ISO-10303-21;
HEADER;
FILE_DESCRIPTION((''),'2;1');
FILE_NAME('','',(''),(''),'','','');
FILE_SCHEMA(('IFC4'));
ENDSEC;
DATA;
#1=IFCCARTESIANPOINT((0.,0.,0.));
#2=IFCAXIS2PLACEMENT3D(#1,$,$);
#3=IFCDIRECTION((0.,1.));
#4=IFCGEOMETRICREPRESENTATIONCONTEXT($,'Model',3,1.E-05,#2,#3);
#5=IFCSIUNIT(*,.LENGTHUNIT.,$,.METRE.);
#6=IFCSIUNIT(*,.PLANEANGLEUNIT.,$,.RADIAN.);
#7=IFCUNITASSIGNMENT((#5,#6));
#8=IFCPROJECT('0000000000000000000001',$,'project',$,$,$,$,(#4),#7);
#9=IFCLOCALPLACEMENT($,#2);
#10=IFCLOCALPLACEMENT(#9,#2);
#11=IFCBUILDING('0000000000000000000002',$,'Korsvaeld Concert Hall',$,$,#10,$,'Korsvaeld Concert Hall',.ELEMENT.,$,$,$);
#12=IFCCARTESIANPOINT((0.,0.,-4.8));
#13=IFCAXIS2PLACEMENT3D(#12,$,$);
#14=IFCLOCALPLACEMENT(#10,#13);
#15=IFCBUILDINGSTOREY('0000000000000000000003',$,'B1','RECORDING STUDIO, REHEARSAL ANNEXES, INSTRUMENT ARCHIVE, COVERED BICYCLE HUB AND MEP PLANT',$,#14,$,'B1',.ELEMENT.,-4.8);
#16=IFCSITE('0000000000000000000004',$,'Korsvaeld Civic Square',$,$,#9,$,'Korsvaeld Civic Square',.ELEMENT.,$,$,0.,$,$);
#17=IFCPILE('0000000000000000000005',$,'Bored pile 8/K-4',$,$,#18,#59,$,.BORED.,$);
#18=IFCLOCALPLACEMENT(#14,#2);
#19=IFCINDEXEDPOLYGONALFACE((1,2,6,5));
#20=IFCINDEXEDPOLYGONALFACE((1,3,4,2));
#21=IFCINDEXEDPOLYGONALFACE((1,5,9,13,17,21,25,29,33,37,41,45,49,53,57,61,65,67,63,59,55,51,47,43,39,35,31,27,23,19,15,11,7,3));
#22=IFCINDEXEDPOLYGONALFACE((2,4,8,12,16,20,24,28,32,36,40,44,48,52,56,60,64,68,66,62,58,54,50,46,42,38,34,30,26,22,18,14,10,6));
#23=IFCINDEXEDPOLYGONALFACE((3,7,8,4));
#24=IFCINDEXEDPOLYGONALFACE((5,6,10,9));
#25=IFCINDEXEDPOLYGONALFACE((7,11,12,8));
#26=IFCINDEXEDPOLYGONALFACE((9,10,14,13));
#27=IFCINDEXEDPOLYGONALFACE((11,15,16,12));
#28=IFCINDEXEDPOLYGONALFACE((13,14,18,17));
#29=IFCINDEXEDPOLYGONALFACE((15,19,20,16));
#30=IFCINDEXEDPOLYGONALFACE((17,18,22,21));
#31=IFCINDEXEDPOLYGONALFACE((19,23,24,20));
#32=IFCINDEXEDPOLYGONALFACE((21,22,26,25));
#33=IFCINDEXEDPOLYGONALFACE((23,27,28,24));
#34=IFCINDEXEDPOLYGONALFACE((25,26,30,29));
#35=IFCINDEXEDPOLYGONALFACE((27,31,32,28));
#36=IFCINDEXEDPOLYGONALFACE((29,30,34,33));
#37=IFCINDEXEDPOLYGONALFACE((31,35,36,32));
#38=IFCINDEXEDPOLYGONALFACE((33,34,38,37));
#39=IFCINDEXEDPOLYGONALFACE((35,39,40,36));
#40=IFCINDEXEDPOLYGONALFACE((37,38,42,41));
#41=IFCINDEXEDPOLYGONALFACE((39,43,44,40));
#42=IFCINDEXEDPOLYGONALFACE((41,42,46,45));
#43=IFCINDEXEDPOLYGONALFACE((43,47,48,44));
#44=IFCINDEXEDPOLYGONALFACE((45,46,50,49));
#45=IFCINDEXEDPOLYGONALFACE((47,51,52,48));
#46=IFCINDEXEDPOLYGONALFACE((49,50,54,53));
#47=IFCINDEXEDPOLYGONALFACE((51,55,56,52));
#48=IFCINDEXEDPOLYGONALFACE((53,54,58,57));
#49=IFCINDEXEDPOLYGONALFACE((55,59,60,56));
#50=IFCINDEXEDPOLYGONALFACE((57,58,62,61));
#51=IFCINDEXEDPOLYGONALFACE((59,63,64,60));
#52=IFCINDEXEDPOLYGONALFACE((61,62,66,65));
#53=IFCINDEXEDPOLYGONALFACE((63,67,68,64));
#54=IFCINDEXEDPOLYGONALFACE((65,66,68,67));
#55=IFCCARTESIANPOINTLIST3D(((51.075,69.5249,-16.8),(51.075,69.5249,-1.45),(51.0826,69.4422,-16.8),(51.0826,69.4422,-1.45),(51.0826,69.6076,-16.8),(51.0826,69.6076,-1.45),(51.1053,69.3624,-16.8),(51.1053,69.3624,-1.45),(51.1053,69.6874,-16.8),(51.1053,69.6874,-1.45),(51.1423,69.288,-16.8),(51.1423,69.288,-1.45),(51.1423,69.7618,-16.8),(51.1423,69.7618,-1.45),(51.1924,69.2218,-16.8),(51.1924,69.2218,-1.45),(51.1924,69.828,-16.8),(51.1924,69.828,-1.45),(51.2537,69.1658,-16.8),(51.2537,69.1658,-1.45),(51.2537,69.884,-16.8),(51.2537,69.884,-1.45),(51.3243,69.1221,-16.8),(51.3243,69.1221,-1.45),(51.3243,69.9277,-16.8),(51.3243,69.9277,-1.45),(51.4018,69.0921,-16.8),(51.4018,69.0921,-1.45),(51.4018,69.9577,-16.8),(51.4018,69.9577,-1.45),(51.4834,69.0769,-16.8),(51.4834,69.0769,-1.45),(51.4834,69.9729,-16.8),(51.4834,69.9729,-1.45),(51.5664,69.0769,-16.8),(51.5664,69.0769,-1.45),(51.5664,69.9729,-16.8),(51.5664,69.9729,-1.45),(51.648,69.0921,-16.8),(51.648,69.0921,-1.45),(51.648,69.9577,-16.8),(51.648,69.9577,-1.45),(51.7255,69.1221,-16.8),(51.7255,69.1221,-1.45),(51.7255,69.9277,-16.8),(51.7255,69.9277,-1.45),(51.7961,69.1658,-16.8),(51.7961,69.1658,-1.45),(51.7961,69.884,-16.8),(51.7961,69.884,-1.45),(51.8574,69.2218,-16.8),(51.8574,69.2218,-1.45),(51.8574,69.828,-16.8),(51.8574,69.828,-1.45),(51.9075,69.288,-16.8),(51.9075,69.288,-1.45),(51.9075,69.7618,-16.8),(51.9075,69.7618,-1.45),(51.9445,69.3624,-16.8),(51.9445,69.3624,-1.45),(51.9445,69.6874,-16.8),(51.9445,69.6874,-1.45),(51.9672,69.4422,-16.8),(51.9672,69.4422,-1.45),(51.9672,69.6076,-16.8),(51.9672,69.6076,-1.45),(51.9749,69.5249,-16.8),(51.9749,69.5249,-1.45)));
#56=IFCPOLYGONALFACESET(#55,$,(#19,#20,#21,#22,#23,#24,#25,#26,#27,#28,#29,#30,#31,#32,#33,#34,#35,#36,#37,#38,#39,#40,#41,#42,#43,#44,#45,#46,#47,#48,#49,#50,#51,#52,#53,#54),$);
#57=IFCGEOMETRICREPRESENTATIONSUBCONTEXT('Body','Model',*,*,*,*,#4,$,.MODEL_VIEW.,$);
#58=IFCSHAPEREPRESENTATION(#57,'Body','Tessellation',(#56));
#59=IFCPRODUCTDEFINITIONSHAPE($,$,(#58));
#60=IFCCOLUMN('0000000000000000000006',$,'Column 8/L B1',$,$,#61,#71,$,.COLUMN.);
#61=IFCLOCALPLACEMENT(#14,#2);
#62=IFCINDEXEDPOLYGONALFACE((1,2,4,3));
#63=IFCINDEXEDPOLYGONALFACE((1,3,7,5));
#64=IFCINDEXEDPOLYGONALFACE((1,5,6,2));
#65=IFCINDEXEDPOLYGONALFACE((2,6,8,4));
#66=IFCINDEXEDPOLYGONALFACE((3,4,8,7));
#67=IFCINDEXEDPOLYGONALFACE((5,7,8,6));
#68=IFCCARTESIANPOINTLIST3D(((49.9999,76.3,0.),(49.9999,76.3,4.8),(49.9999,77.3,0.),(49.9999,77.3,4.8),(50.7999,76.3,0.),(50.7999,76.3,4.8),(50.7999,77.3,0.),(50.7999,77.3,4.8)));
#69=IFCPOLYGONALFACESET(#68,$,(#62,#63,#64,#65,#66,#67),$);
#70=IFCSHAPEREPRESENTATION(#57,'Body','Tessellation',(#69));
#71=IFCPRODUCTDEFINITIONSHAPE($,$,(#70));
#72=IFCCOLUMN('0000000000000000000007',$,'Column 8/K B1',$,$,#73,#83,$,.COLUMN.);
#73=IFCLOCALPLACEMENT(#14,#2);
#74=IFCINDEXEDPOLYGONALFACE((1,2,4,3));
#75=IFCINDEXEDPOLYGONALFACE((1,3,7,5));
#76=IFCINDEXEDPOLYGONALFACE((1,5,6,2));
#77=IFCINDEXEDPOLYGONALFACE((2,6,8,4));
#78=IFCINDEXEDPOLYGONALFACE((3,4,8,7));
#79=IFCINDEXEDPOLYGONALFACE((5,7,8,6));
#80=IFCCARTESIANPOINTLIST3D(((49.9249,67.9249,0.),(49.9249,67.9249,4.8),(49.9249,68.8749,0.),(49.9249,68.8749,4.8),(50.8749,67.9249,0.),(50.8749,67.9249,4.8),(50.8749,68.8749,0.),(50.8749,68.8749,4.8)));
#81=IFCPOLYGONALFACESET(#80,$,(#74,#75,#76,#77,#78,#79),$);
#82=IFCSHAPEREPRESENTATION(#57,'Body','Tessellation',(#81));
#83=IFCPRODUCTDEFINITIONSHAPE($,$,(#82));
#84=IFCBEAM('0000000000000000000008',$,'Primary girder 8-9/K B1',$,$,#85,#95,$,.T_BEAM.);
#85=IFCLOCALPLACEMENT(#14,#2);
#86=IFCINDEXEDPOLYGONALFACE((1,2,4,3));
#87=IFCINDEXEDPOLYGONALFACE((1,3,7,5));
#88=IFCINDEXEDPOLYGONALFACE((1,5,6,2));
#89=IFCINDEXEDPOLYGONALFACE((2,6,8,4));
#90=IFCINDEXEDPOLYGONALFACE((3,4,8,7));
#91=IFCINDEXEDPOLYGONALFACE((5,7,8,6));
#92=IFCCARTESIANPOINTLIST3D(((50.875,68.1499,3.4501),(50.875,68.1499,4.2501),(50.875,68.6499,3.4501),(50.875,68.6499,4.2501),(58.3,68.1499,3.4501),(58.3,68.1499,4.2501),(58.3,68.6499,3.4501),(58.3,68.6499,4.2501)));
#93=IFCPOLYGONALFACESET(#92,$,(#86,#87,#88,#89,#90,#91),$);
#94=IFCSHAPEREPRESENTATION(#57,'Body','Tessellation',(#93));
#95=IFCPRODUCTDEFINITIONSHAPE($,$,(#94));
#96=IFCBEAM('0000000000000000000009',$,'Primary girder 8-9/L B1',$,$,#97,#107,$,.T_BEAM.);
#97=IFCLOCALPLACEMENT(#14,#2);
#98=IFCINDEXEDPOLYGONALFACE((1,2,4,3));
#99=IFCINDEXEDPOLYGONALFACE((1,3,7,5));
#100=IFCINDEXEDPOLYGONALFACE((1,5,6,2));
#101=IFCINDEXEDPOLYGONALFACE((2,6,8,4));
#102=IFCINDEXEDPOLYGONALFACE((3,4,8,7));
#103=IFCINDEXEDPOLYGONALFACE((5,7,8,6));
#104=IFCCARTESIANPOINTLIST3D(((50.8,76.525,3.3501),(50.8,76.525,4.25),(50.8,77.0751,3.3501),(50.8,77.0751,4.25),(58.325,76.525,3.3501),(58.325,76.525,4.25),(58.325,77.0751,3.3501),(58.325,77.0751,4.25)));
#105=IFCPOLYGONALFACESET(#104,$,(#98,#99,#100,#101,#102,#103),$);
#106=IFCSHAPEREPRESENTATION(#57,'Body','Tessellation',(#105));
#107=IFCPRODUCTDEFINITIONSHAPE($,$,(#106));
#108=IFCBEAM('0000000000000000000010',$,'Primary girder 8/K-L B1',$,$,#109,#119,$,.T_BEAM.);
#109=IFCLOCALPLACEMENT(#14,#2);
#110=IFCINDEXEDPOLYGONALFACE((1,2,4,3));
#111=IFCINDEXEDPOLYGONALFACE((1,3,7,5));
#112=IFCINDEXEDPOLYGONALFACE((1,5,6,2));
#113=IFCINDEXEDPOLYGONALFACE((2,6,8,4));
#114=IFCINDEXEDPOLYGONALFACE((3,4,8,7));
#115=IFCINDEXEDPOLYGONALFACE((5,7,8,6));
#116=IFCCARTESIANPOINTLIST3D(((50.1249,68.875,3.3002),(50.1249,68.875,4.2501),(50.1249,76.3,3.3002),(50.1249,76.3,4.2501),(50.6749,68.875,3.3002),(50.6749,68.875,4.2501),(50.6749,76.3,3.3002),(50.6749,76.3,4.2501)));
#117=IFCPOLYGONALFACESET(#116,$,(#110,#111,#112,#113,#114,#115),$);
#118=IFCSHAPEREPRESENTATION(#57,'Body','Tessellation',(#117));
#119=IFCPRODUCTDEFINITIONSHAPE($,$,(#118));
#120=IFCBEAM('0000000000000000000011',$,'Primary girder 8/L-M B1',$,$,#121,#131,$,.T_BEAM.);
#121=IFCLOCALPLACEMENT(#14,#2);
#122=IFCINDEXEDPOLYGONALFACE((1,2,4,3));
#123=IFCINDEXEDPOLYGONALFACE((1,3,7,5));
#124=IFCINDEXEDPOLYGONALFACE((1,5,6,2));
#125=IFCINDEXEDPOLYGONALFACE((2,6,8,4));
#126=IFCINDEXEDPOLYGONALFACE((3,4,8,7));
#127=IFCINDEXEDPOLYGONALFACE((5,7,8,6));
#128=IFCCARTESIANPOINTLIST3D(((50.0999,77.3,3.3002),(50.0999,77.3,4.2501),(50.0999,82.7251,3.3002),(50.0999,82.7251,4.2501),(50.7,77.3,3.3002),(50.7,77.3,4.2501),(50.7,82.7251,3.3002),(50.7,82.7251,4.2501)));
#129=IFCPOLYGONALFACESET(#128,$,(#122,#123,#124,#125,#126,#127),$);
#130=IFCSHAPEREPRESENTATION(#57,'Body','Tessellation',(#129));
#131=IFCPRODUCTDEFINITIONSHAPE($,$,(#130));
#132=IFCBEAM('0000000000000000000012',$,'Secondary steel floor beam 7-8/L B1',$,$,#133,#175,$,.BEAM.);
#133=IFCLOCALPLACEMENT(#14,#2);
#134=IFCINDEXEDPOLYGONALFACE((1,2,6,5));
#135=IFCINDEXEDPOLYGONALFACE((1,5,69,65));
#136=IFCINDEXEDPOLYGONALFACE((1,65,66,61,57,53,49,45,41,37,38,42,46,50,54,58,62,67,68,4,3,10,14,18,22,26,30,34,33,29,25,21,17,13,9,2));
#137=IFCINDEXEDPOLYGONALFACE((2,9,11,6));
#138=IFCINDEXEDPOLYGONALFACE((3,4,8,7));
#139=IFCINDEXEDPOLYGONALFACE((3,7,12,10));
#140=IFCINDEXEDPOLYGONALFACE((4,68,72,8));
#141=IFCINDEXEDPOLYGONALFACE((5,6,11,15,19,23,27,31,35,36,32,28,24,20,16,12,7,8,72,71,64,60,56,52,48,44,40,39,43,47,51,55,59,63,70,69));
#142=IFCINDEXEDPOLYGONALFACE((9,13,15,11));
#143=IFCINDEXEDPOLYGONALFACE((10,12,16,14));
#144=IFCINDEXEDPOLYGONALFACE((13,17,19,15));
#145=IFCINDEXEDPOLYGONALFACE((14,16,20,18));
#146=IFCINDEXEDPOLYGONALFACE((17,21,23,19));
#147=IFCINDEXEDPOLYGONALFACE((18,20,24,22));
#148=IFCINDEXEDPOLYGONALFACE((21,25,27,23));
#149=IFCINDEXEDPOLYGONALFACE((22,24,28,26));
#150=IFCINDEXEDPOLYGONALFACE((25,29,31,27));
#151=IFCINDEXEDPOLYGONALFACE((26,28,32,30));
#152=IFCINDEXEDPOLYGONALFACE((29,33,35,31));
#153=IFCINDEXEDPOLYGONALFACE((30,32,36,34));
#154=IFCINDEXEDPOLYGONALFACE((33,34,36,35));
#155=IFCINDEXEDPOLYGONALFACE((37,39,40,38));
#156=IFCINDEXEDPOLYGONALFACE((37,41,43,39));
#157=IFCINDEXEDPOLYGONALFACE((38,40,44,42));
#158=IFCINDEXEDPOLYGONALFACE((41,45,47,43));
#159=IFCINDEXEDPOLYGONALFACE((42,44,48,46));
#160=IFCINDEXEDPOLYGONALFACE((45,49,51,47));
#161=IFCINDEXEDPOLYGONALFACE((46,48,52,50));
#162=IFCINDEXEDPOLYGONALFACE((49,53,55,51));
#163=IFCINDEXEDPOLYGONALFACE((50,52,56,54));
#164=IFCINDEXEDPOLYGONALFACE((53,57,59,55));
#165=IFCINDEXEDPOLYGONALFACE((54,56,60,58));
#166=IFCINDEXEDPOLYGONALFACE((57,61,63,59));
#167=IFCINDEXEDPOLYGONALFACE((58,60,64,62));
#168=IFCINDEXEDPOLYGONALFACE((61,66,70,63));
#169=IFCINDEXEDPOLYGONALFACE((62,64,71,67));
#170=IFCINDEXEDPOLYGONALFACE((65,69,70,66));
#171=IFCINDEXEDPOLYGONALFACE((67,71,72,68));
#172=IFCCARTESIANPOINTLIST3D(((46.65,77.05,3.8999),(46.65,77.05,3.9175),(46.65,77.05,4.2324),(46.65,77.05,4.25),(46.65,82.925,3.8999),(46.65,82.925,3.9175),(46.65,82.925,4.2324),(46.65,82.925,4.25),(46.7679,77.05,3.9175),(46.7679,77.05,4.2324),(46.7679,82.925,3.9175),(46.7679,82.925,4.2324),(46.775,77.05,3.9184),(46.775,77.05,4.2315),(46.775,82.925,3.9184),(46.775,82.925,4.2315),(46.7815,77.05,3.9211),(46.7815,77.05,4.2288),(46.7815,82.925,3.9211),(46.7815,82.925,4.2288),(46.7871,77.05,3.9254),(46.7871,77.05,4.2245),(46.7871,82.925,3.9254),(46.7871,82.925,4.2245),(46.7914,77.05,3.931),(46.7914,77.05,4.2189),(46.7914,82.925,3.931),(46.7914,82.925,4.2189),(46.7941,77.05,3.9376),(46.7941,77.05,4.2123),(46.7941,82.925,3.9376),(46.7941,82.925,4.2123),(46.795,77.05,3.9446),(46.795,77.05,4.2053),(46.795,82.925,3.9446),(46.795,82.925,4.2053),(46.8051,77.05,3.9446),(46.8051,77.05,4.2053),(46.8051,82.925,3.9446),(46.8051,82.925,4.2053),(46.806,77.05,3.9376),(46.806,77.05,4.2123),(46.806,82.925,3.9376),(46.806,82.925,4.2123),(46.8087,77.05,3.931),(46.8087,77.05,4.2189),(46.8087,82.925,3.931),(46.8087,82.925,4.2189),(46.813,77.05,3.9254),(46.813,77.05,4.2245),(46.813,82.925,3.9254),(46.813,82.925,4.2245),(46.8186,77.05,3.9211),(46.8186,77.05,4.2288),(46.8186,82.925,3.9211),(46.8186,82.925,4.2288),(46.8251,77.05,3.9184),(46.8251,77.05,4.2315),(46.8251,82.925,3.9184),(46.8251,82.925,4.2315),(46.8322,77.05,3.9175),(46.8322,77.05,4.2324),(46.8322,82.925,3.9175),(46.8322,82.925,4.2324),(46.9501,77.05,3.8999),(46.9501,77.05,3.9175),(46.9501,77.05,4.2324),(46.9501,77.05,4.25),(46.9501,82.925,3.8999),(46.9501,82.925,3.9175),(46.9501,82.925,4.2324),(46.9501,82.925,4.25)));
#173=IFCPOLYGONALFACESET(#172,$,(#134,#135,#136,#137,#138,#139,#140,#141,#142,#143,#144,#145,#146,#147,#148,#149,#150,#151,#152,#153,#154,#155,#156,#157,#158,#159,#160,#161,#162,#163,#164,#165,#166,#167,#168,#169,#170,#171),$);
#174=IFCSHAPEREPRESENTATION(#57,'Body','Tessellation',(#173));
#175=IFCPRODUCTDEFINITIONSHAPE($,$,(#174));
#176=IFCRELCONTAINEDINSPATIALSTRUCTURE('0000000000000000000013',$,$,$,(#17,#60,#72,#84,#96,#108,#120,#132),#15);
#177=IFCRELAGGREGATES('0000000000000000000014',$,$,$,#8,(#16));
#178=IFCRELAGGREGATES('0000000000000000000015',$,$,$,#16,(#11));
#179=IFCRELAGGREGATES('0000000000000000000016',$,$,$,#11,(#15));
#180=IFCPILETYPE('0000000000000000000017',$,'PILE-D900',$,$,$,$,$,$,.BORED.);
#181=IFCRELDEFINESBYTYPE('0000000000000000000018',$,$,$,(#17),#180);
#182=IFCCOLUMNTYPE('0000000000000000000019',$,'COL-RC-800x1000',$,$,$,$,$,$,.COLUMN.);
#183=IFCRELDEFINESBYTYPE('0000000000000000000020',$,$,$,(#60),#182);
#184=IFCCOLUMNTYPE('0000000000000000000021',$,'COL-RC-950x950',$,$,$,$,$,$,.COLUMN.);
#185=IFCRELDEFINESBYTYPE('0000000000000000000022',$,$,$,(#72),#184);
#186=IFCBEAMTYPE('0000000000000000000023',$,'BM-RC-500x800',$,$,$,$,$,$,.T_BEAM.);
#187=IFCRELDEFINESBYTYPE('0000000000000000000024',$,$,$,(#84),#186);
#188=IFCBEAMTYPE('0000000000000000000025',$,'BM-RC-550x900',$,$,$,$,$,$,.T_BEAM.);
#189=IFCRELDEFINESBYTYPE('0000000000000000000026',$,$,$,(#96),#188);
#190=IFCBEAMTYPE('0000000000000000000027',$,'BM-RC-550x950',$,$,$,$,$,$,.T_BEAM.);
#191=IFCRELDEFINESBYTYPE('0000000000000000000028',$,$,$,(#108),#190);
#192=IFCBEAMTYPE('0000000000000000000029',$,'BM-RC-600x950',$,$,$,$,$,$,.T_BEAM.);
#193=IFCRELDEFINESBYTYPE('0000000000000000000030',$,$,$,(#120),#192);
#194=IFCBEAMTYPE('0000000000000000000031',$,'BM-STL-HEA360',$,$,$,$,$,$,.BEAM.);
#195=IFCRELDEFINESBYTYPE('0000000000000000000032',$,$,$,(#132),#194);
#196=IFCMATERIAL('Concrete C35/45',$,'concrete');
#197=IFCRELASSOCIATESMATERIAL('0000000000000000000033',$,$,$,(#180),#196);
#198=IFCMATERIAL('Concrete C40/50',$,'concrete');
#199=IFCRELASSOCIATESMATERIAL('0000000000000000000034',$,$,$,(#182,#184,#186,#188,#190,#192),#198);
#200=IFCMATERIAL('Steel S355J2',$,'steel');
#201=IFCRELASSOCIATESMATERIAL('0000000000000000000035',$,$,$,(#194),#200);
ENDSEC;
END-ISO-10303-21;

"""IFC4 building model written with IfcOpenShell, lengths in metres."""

from ifc_helpers import new_model, si_unit, direction, frame, origin, origin_2d, place, context, subcontext, project, spatial, rectangle, circle, i_section, extrude, material, material_profile, profile_set, type_object, element, save


model = new_model("IFC4")

# Units and contexts
model_context = context("Model", 3, precision=1e-05, world=origin(), true_north=direction((0.0, 1.0)))
body_context = subcontext(model_context, "Body", "Model", "MODEL_VIEW")
ifc_project = project(units=[si_unit("LENGTHUNIT", "METRE"), si_unit("PLANEANGLEUNIT", "RADIAN")], contexts=[model_context])

# Site, building, storey
site_placement = place(None, origin())
site = spatial("IfcSite", under=ifc_project, at=site_placement, Name="Korsvaeld Civic Square", LongName="Korsvaeld Civic Square", CompositionType="ELEMENT", RefElevation=0.0)
building_placement = place(site_placement, origin())
building = spatial("IfcBuilding", under=site, at=building_placement, Name="Korsvaeld Concert Hall", LongName="Korsvaeld Concert Hall", CompositionType="ELEMENT")
storey_placement = place(building_placement, frame((0.0, 0.0, -4.8)))
storey = spatial("IfcBuildingStorey", under=building, at=storey_placement, Name="B1", Description="RECORDING STUDIO, REHEARSAL ANNEXES, INSTRUMENT ARCHIVE, COVERED BICYCLE HUB AND MEP PLANT", LongName="B1", CompositionType="ELEMENT", Elevation=-4.8)

# Shared definitions
ifc_material_1 = material(Name="Concrete C35/45", Category="concrete")

# Pile
ifc_material_2 = material(Name="Concrete C40/50", Category="concrete")
ifc_material_profile_1 = material_profile(ifc_material_1, circle(Radius=0.45, at=origin_2d()), Name="BORED PILE D900")
ifc_profile_set_1 = profile_set([ifc_material_profile_1], Name="Concrete C35/45")
pile_type_1 = type_object("IfcPileType", Name="PILE-D900", PredefinedType="BORED", material=ifc_profile_set_1)
for number, where, z_axis, x_axis, name in (
    (1, (51.5249, 69.5249, -1.45), (0.0, 0.0, -1.0), (1.0, 0.0, 0.0), "Bored pile 8/K-4"),
):
    element("IfcPile", number, at=place(storey_placement, frame(where, z_axis=z_axis, x_axis=x_axis)), inside=storey, type_object=pile_type_1, Name=name, PredefinedType="BORED", context=body_context, shape_type="SweptSolid", body=[
        extrude(circle(Radius=0.45, at=origin_2d()), origin(), (0.0, 0.0, 1.0), 15.3501),
    ])

# Columns
ifc_material_profile_2 = material_profile(ifc_material_2, rectangle(XDim=0.8, YDim=1.0, at=origin_2d()), Name="RC 800x1000")
ifc_profile_set_2 = profile_set([ifc_material_profile_2], Name="Concrete C40/50")
column_type_1 = type_object("IfcColumnType", Name="COL-RC-800x1000", PredefinedType="COLUMN", material=ifc_profile_set_2)
column_1_placement = place(storey_placement, frame((50.3999, 76.8, 0.0), z_axis=(0.0, 0.0, 1.0), x_axis=(1.0, 0.0, 0.0)))
element("IfcColumn", 2, at=column_1_placement, inside=storey, type_object=column_type_1, Name="Column 8/L B1", PredefinedType="COLUMN", context=body_context, shape_type="SweptSolid", body=[
    extrude(rectangle(XDim=0.8, YDim=1.0, at=origin_2d()), origin(), (0.0, 0.0, 1.0), 4.8),
])
ifc_material_profile_3 = material_profile(ifc_material_2, rectangle(XDim=0.95, YDim=0.95, at=origin_2d()), Name="RC 950x950")
ifc_profile_set_3 = profile_set([ifc_material_profile_3], Name="Concrete C40/50")
column_type_2 = type_object("IfcColumnType", Name="COL-RC-950x950", PredefinedType="COLUMN", material=ifc_profile_set_3)
column_2_placement = place(storey_placement, frame((50.3999, 68.3999, 0.0), z_axis=(0.0, 0.0, 1.0), x_axis=(1.0, 0.0, 0.0)))
element("IfcColumn", 3, at=column_2_placement, inside=storey, type_object=column_type_2, Name="Column 8/K B1", PredefinedType="COLUMN", context=body_context, shape_type="SweptSolid", body=[
    extrude(rectangle(XDim=0.95, YDim=0.95, at=origin_2d()), origin(), (0.0, 0.0, 1.0), 4.8),
])

# Beams
ifc_material_profile_4 = material_profile(ifc_material_2, rectangle(XDim=0.5, YDim=0.8, at=origin_2d()), Name="RC 500x800")
ifc_profile_set_4 = profile_set([ifc_material_profile_4], Name="Concrete C40/50")
beam_type_1 = type_object("IfcBeamType", Name="BM-RC-500x800", PredefinedType="T_BEAM", material=ifc_profile_set_4)
beam_1_placement = place(storey_placement, frame((50.875, 68.3999, 3.8501), z_axis=(1.0, 0.0, 0.0), x_axis=(0.0, 1.0, 0.0)))
element("IfcBeam", 4, at=beam_1_placement, inside=storey, type_object=beam_type_1, Name="Primary girder 8-9/K B1", PredefinedType="T_BEAM", context=body_context, shape_type="SweptSolid", body=[
    extrude(rectangle(XDim=0.5, YDim=0.8, at=origin_2d()), origin(), (0.0, 0.0, 1.0), 7.425),
])
ifc_material_profile_5 = material_profile(ifc_material_2, rectangle(XDim=0.55, YDim=0.8999, at=origin_2d()), Name="RC 550x900")
ifc_profile_set_5 = profile_set([ifc_material_profile_5], Name="Concrete C40/50")
beam_type_2 = type_object("IfcBeamType", Name="BM-RC-550x900", PredefinedType="T_BEAM", material=ifc_profile_set_5)
beam_2_placement = place(storey_placement, frame((50.8, 76.8, 3.8), z_axis=(1.0, 0.0, 0.0), x_axis=(0.0, 1.0, 0.0)))
element("IfcBeam", 5, at=beam_2_placement, inside=storey, type_object=beam_type_2, Name="Primary girder 8-9/L B1", PredefinedType="T_BEAM", context=body_context, shape_type="SweptSolid", body=[
    extrude(rectangle(XDim=0.55, YDim=0.8999, at=origin_2d()), origin(), (0.0, 0.0, 1.0), 7.5249),
])
ifc_material_profile_6 = material_profile(ifc_material_2, rectangle(XDim=0.55, YDim=0.95, at=origin_2d()), Name="RC 550x950")
ifc_profile_set_6 = profile_set([ifc_material_profile_6], Name="Concrete C40/50")
beam_type_3 = type_object("IfcBeamType", Name="BM-RC-550x950", PredefinedType="T_BEAM", material=ifc_profile_set_6)
beam_3_placement = place(storey_placement, frame((50.3999, 68.875, 3.7751), z_axis=(0.0, 1.0, 0.0), x_axis=(-1.0, 0.0, 0.0)))
element("IfcBeam", 6, at=beam_3_placement, inside=storey, type_object=beam_type_3, Name="Primary girder 8/K-L B1", PredefinedType="T_BEAM", context=body_context, shape_type="SweptSolid", body=[
    extrude(rectangle(XDim=0.55, YDim=0.95, at=origin_2d()), origin(), (0.0, 0.0, 1.0), 7.425),
])
ifc_material_profile_7 = material_profile(ifc_material_2, rectangle(XDim=0.6001, YDim=0.95, at=origin_2d()), Name="RC 600x950")
ifc_profile_set_7 = profile_set([ifc_material_profile_7], Name="Concrete C40/50")
beam_type_4 = type_object("IfcBeamType", Name="BM-RC-600x950", PredefinedType="T_BEAM", material=ifc_profile_set_7)
beam_4_placement = place(storey_placement, frame((50.3999, 77.3, 3.7751), z_axis=(0.0, 1.0, 0.0), x_axis=(-1.0, 0.0, 0.0)))
element("IfcBeam", 7, at=beam_4_placement, inside=storey, type_object=beam_type_4, Name="Primary girder 8/L-M B1", PredefinedType="T_BEAM", context=body_context, shape_type="SweptSolid", body=[
    extrude(rectangle(XDim=0.6001, YDim=0.95, at=origin_2d()), origin(), (0.0, 0.0, 1.0), 5.425),
])
ifc_material_3 = material(Name="Steel S355J2", Category="steel")
ifc_material_profile_8 = material_profile(ifc_material_3, i_section(OverallWidth=0.3, OverallDepth=0.3501, WebThickness=0.01, FlangeThickness=0.0176, FilletRadius=0.0271, at=origin_2d()), Name="HEA 360")
ifc_profile_set_8 = profile_set([ifc_material_profile_8], Name="Steel S355J2")
beam_type_5 = type_object("IfcBeamType", Name="BM-STL-HEA360", PredefinedType="BEAM", material=ifc_profile_set_8)
beam_5_placement = place(storey_placement, frame((46.8, 77.05, 4.075), z_axis=(0.0, 1.0, 0.0), x_axis=(-1.0, 0.0, 0.0)))
element("IfcBeam", 8, at=beam_5_placement, inside=storey, type_object=beam_type_5, Name="Secondary steel floor beam 7-8/L B1", PredefinedType="BEAM", context=body_context, shape_type="SweptSolid", body=[
    extrude(i_section(OverallWidth=0.3, OverallDepth=0.3501, WebThickness=0.01, FlangeThickness=0.0176, FilletRadius=0.0271, at=origin_2d()), origin(), (0.0, 0.0, 1.0), 5.875),
])

save(model, "model.ifc")
